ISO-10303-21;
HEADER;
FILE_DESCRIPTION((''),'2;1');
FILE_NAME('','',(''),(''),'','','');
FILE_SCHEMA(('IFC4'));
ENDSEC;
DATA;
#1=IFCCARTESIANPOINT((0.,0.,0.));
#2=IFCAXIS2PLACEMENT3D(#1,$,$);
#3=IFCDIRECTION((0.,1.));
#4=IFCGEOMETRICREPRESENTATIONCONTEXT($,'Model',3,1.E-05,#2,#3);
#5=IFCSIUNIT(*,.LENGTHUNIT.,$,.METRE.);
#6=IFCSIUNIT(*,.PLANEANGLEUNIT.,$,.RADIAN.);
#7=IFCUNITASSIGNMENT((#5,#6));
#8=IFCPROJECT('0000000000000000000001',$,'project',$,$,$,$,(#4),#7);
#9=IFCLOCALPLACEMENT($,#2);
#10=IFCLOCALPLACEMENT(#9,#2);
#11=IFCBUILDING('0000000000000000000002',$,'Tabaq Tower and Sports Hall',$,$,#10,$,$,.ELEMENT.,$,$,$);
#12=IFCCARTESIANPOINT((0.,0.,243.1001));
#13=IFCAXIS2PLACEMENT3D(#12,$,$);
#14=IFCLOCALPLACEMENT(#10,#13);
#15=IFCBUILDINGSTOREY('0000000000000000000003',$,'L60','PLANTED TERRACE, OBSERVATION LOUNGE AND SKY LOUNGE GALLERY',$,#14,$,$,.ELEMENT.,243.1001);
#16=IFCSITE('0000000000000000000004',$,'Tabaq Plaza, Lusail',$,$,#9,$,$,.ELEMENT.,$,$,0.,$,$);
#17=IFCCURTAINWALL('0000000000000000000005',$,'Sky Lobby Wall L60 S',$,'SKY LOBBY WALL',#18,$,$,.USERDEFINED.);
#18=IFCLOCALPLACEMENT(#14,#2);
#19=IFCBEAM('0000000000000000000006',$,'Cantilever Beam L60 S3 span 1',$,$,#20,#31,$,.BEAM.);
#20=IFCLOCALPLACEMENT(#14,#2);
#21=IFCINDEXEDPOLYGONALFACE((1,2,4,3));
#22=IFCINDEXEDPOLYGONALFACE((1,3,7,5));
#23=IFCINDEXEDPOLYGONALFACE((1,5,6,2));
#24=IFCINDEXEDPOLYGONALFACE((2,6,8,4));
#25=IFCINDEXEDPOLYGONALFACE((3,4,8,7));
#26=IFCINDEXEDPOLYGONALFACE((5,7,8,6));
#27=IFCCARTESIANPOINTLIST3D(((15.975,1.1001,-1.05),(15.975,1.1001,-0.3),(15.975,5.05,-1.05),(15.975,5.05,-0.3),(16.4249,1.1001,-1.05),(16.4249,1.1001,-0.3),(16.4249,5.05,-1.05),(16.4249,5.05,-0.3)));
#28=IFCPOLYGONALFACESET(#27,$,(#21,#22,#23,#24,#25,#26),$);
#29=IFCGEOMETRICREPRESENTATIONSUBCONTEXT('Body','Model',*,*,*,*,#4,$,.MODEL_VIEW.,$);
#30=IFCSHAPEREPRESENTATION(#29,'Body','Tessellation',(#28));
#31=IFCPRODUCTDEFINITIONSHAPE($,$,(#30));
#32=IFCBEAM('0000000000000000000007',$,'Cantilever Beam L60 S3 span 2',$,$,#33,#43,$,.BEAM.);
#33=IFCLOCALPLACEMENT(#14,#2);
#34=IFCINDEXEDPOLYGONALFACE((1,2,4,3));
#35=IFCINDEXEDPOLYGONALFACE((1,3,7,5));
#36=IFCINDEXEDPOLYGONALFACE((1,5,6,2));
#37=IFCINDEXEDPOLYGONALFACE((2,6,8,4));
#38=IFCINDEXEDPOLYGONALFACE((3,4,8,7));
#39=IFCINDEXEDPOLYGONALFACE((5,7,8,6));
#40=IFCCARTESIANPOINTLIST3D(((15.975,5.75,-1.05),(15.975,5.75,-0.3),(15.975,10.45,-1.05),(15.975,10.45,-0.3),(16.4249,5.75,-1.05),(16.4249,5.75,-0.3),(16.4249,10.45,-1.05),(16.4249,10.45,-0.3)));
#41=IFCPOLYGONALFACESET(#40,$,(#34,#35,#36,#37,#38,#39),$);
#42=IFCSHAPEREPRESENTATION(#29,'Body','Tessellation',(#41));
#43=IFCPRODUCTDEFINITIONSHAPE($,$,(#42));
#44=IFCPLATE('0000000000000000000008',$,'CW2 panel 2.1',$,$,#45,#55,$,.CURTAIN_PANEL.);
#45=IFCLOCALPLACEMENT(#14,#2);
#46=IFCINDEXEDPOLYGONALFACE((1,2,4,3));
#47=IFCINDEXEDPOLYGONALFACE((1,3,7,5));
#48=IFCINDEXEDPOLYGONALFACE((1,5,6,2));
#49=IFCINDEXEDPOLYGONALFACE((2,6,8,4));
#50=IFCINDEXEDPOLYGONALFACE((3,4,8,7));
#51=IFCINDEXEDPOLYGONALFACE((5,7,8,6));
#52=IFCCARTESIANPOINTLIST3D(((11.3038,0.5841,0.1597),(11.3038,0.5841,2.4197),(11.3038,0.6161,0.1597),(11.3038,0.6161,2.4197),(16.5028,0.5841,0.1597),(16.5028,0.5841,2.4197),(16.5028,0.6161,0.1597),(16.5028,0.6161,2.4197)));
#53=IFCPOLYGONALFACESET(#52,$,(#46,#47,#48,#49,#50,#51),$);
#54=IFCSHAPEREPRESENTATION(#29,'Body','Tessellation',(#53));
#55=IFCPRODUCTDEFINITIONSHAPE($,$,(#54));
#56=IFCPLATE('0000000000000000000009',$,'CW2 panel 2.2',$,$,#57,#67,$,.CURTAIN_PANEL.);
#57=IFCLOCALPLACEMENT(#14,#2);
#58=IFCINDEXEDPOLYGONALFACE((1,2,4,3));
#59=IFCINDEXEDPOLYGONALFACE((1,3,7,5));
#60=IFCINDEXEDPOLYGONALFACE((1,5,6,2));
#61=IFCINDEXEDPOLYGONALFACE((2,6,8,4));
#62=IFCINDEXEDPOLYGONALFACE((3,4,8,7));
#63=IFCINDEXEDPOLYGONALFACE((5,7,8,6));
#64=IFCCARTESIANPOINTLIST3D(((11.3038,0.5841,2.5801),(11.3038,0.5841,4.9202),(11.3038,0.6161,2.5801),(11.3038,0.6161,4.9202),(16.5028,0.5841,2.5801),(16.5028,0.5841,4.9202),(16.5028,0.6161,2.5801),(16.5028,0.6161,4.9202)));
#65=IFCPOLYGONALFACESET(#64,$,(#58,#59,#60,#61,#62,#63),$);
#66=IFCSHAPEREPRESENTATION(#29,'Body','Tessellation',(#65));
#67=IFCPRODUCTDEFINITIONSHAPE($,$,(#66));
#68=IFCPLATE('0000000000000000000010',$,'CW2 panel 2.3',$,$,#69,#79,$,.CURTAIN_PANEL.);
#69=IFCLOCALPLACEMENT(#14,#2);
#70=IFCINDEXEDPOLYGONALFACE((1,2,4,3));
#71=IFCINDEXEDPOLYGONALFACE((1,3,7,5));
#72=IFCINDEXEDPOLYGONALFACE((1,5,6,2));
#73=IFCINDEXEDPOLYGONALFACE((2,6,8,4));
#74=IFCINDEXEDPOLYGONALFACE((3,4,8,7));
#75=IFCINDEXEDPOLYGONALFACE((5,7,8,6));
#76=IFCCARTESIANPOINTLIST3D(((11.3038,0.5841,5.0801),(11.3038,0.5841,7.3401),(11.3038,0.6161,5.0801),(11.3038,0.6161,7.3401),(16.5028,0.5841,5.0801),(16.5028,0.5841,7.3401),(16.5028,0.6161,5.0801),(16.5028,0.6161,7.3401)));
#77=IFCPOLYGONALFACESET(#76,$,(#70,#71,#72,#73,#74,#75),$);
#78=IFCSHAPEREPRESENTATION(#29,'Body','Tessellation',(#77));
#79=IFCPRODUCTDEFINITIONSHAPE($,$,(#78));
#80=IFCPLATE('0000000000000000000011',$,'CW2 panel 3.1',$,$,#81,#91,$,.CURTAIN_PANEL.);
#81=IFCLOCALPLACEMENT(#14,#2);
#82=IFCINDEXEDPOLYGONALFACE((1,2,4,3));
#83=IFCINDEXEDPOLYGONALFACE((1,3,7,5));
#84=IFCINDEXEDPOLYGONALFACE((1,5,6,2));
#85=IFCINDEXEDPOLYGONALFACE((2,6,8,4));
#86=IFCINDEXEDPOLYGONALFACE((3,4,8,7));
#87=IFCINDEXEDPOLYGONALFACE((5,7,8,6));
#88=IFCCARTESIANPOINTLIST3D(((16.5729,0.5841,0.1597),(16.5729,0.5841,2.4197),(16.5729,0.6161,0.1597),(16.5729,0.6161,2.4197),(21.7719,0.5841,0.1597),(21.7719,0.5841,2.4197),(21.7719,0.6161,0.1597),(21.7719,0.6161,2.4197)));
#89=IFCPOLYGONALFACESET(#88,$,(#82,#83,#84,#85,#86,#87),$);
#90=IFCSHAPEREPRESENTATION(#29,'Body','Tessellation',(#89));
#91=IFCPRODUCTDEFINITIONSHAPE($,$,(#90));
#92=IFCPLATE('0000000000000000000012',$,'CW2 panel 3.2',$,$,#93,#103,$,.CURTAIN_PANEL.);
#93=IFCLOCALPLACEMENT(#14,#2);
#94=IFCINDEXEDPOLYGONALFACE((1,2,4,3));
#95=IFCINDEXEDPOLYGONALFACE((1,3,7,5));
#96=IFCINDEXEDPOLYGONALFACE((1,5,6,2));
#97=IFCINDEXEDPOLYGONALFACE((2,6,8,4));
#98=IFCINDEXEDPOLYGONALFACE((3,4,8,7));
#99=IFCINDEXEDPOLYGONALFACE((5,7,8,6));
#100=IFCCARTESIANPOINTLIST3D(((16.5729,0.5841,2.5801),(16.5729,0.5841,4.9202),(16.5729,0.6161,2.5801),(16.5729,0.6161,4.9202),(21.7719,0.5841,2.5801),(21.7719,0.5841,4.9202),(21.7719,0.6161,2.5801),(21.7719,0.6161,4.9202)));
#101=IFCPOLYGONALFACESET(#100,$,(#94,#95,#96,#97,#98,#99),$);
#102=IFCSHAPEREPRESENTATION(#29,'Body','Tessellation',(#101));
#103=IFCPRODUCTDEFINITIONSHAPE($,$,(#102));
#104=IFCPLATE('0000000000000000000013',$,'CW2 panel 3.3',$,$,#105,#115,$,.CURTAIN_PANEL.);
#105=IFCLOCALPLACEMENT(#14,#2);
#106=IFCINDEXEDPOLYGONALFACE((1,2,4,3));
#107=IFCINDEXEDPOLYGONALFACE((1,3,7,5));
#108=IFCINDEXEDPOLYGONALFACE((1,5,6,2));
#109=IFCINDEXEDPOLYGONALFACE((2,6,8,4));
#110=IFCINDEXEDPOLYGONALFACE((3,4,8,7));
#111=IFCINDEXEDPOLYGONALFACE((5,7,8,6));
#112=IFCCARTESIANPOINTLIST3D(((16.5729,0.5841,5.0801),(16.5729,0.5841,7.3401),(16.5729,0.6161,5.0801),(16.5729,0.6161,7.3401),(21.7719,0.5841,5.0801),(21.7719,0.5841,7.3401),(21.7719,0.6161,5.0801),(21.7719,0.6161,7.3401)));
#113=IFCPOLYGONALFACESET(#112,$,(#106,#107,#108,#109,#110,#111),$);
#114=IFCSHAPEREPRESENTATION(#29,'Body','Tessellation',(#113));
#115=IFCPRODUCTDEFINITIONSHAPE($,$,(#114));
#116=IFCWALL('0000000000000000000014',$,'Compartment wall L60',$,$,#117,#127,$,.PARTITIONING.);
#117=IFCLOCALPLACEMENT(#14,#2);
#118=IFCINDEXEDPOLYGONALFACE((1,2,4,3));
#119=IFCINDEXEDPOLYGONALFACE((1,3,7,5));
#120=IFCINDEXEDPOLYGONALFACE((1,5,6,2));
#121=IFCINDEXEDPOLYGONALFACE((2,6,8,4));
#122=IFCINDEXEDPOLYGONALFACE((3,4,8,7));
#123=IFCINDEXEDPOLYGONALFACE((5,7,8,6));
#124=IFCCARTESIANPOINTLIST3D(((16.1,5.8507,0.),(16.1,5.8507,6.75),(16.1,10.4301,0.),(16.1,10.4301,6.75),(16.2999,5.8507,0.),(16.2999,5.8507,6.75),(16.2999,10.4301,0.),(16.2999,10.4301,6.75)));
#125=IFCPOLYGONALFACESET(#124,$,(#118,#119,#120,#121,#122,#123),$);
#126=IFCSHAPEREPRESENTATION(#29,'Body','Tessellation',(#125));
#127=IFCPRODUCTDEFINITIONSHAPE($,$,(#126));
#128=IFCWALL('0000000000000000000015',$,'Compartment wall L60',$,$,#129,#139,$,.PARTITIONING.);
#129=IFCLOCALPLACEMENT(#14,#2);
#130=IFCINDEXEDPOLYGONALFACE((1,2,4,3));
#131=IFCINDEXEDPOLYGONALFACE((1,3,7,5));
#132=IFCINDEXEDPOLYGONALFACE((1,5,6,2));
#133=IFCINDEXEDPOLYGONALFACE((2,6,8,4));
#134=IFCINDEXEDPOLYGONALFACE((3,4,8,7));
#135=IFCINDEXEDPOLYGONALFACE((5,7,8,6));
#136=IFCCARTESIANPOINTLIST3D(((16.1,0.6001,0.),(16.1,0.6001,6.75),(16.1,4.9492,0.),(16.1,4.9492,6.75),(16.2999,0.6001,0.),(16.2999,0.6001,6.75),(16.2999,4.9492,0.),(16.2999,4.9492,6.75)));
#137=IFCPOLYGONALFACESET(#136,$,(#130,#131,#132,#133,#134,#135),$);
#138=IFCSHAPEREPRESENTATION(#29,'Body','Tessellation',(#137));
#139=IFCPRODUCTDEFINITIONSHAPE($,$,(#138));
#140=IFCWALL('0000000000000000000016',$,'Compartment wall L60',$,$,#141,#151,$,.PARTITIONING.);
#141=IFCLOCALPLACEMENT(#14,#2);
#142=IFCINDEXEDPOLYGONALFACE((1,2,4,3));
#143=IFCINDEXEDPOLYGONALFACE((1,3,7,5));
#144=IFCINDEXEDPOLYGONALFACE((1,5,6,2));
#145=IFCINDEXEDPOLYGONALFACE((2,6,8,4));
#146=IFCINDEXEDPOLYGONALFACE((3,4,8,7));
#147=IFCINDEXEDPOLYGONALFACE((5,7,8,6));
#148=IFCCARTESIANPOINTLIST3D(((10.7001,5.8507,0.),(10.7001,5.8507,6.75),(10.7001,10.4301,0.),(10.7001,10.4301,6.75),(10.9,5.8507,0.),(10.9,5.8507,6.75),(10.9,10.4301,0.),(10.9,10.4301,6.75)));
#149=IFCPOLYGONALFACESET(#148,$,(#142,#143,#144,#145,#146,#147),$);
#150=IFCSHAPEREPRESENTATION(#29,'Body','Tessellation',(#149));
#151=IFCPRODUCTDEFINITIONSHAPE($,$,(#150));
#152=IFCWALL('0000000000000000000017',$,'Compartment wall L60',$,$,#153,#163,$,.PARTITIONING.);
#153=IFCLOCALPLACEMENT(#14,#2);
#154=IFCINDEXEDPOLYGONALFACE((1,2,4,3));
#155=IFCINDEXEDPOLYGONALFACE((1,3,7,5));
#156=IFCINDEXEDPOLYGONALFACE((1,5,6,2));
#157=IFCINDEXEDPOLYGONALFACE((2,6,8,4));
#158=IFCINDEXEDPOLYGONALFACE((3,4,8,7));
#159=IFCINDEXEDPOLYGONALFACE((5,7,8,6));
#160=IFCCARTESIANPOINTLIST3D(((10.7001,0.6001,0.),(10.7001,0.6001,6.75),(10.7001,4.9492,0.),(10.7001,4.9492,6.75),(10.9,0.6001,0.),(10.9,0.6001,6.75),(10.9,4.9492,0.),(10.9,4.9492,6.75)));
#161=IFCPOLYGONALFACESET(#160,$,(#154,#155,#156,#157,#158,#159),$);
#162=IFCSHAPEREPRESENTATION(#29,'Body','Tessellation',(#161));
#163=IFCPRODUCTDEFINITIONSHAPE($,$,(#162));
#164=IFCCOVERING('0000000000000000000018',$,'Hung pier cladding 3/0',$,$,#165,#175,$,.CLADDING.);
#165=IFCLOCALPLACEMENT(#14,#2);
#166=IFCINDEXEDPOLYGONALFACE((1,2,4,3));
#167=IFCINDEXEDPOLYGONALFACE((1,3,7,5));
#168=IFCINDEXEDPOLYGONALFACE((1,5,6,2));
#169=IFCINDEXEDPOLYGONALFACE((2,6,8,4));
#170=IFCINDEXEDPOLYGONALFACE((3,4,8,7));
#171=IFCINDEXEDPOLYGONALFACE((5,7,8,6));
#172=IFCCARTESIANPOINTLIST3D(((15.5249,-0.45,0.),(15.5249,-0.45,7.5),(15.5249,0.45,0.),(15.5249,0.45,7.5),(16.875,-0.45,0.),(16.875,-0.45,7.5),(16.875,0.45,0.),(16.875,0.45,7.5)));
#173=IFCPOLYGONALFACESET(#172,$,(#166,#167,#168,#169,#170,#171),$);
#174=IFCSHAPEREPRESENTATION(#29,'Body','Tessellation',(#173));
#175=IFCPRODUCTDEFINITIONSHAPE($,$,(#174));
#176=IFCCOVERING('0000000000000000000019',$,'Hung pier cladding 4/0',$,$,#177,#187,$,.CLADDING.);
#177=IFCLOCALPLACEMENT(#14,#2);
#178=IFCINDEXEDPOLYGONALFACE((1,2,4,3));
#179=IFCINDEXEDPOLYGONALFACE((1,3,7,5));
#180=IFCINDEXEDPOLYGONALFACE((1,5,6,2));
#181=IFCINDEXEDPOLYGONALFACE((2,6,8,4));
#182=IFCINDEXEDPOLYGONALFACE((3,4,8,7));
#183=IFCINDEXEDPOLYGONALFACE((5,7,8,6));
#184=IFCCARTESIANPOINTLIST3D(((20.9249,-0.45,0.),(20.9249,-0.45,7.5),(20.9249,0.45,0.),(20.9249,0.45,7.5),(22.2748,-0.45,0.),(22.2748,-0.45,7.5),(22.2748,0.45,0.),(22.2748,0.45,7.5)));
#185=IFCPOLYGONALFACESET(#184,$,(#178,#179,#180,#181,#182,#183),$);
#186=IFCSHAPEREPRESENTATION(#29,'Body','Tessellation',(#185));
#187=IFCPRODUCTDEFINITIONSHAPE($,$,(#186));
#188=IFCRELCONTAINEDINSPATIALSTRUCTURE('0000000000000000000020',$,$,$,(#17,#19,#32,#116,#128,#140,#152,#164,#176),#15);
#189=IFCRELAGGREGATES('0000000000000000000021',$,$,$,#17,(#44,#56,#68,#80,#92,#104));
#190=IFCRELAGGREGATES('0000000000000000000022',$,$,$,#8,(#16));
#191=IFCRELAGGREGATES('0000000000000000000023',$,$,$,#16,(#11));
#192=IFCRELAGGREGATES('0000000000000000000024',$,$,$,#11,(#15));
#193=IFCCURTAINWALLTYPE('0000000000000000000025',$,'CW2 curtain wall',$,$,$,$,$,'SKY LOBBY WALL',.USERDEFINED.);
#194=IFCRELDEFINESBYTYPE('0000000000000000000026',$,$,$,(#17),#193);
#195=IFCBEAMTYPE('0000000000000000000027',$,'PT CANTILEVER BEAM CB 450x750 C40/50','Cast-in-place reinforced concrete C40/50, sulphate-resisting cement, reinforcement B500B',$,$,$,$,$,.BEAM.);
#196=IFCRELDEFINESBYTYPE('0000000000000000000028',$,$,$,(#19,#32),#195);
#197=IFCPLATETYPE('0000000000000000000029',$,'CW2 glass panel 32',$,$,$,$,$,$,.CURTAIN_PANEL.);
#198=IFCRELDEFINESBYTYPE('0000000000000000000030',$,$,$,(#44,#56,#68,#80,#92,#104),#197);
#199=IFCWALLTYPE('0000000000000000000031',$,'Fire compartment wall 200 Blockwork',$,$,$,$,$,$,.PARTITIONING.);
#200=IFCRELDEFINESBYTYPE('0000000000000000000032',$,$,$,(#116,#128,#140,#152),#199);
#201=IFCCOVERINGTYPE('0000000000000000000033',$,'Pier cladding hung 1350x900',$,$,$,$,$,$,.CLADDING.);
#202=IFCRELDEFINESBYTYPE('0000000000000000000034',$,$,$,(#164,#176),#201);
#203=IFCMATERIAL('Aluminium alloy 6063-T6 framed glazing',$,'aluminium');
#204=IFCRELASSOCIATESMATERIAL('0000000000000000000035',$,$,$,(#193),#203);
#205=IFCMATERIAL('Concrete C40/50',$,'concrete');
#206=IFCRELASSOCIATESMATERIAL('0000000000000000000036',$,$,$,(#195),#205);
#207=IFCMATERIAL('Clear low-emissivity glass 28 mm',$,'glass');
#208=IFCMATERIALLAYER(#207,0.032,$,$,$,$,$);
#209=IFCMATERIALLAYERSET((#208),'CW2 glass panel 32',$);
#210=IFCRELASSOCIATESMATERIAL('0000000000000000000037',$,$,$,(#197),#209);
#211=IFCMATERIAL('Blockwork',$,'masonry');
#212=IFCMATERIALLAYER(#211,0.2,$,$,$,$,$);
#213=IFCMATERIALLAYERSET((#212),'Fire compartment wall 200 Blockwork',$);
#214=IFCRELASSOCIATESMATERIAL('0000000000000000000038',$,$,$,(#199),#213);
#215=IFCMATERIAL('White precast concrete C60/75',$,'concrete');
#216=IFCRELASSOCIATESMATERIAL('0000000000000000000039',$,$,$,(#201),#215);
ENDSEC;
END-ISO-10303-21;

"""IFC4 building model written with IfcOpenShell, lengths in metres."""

from ifc_helpers import new_model, si_unit, direction, frame, frame_2d, origin, origin_2d, place, context, subcontext, project, spatial, rectangle, extrude, material, layer, layer_set, material_profile, profile_set, type_object, element, aggregate, save


model = new_model("IFC4")

# Units and contexts
model_context = context("Model", 3, precision=1e-05, world=origin(), true_north=direction((0.0, 1.0)))
body_context = subcontext(model_context, "Body", "Model", "MODEL_VIEW")
ifc_project = project(units=[si_unit("LENGTHUNIT", "METRE"), si_unit("PLANEANGLEUNIT", "RADIAN")], contexts=[model_context])

# Site, building, storey
site_placement = place(None, origin())
site = spatial("IfcSite", under=ifc_project, at=site_placement, Name="Tabaq Plaza, Lusail", CompositionType="ELEMENT", RefElevation=0.0)
building_placement = place(site_placement, origin())
building = spatial("IfcBuilding", under=site, at=building_placement, Name="Tabaq Tower and Sports Hall", CompositionType="ELEMENT")
storey_placement = place(building_placement, frame((0.0, 0.0, 243.1001)))
storey = spatial("IfcBuildingStorey", under=building, at=storey_placement, Name="L60", Description="PLANTED TERRACE, OBSERVATION LOUNGE AND SKY LOUNGE GALLERY", CompositionType="ELEMENT", Elevation=243.1001)

# Curtain wall
ifc_material_1 = material(Name="Aluminium alloy 6063-T6 framed glazing", Category="aluminium")
curtain_wall_type = type_object("IfcCurtainWallType", Name="CW2 curtain wall", ElementType="SKY LOBBY WALL", PredefinedType="USERDEFINED", material=ifc_material_1)
curtain_wall_placement = place(storey_placement, origin())
curtain_wall = element("IfcCurtainWall", 1, at=curtain_wall_placement, inside=storey, type_object=curtain_wall_type, Name="Sky Lobby Wall L60 S", ObjectType="SKY LOBBY WALL", PredefinedType="USERDEFINED")

# Beams
ifc_material_2 = material(Name="Concrete C40/50", Category="concrete")
ifc_material_profile_1 = material_profile(ifc_material_2, rectangle(XDim=0.45, YDim=0.75, at=origin_2d()), Name="CB 450x750")
ifc_profile_set_1 = profile_set([ifc_material_profile_1], Name="Concrete C40/50")
beam_type = type_object("IfcBeamType", Name="PT CANTILEVER BEAM CB 450x750 C40/50", Description="Cast-in-place reinforced concrete C40/50, sulphate-resisting cement, reinforcement B500B", PredefinedType="BEAM", material=ifc_profile_set_1)
beam_1_placement = place(storey_placement, frame((16.2, 1.1001, -0.675), z_axis=(0.0, 1.0, 0.0), x_axis=(-1.0, 0.0, 0.0)))
element("IfcBeam", 2, at=beam_1_placement, inside=storey, type_object=beam_type, Name="Cantilever Beam L60 S3 span 1", PredefinedType="BEAM", context=body_context, shape_type="SweptSolid", body=[
    extrude(rectangle(XDim=0.45, YDim=0.75, at=origin_2d()), origin(), (0.0, 0.0, 1.0), 3.95),
])
beam_2_placement = place(storey_placement, frame((16.2, 5.75, -0.675), z_axis=(0.0, 1.0, 0.0), x_axis=(-1.0, 0.0, 0.0)))
element("IfcBeam", 3, at=beam_2_placement, inside=storey, type_object=beam_type, Name="Cantilever Beam L60 S3 span 2", PredefinedType="BEAM", context=body_context, shape_type="SweptSolid", body=[
    extrude(rectangle(XDim=0.45, YDim=0.75, at=origin_2d()), origin(), (0.0, 0.0, 1.0), 4.7),
])

# Plates
ifc_material_3 = material(Name="Clear low-emissivity glass 28 mm", Category="glass")
ifc_layer_1 = layer(ifc_material_3, 0.032)
ifc_layer_set_1 = layer_set([ifc_layer_1], Name="CW2 glass panel 32")
plate_type = type_object("IfcPlateType", Name="CW2 glass panel 32", PredefinedType="CURTAIN_PANEL", material=ifc_layer_set_1)
plate_1_placement = place(storey_placement, frame((13.9033, 0.6001, 0.1597), z_axis=(0.0, 0.0, 1.0), x_axis=(1.0, 0.0, 0.0)))
plate_1 = element("IfcPlate", 4, at=plate_1_placement, type_object=plate_type, Name="CW2 panel 2.1", PredefinedType="CURTAIN_PANEL", context=body_context, shape_type="SweptSolid", body=[
    extrude(rectangle(XDim=5.199, YDim=0.032, at=origin_2d()), origin(), (0.0, 0.0, 1.0), 2.26),
])
plate_2_placement = place(storey_placement, frame((13.9033, 0.6001, 2.5801), z_axis=(0.0, 0.0, 1.0), x_axis=(1.0, 0.0, 0.0)))
plate_2 = element("IfcPlate", 5, at=plate_2_placement, type_object=plate_type, Name="CW2 panel 2.2", PredefinedType="CURTAIN_PANEL", context=body_context, shape_type="SweptSolid", body=[
    extrude(rectangle(XDim=5.199, YDim=0.032, at=origin_2d()), origin(), (0.0, 0.0, 1.0), 2.3401),
])
plate_3_placement = place(storey_placement, frame((13.9033, 0.6001, 5.0801), z_axis=(0.0, 0.0, 1.0), x_axis=(1.0, 0.0, 0.0)))
plate_3 = element("IfcPlate", 6, at=plate_3_placement, type_object=plate_type, Name="CW2 panel 2.3", PredefinedType="CURTAIN_PANEL", context=body_context, shape_type="SweptSolid", body=[
    extrude(rectangle(XDim=5.199, YDim=0.032, at=origin_2d()), origin(), (0.0, 0.0, 1.0), 2.26),
])
plate_4_placement = place(storey_placement, frame((19.1724, 0.6001, 0.1597), z_axis=(0.0, 0.0, 1.0), x_axis=(1.0, 0.0, 0.0)))
plate_4 = element("IfcPlate", 7, at=plate_4_placement, type_object=plate_type, Name="CW2 panel 3.1", PredefinedType="CURTAIN_PANEL", context=body_context, shape_type="SweptSolid", body=[
    extrude(rectangle(XDim=5.199, YDim=0.032, at=origin_2d()), origin(), (0.0, 0.0, 1.0), 2.26),
])
plate_5_placement = place(storey_placement, frame((19.1724, 0.6001, 2.5801), z_axis=(0.0, 0.0, 1.0), x_axis=(1.0, 0.0, 0.0)))
plate_5 = element("IfcPlate", 8, at=plate_5_placement, type_object=plate_type, Name="CW2 panel 3.2", PredefinedType="CURTAIN_PANEL", context=body_context, shape_type="SweptSolid", body=[
    extrude(rectangle(XDim=5.199, YDim=0.032, at=origin_2d()), origin(), (0.0, 0.0, 1.0), 2.3401),
])
plate_6_placement = place(storey_placement, frame((19.1724, 0.6001, 5.0801), z_axis=(0.0, 0.0, 1.0), x_axis=(1.0, 0.0, 0.0)))
plate_6 = element("IfcPlate", 9, at=plate_6_placement, type_object=plate_type, Name="CW2 panel 3.3", PredefinedType="CURTAIN_PANEL", context=body_context, shape_type="SweptSolid", body=[
    extrude(rectangle(XDim=5.199, YDim=0.032, at=origin_2d()), origin(), (0.0, 0.0, 1.0), 2.26),
])
aggregate(curtain_wall, [plate_1, plate_2, plate_3, plate_4, plate_5, plate_6])

# Walls
ifc_material_4 = material(Name="Blockwork", Category="masonry")
ifc_layer_2 = layer(ifc_material_4, 0.2)
ifc_layer_set_2 = layer_set([ifc_layer_2], Name="Fire compartment wall 200 Blockwork")
wall_type = type_object("IfcWallType", Name="Fire compartment wall 200 Blockwork", PredefinedType="PARTITIONING", material=ifc_layer_set_2)
wall_1_placement = place(storey_placement, frame((16.2, 10.4299, 0.0), z_axis=(0.0, 0.0, 1.0), x_axis=(0.0, -1.0, 0.0)))
element("IfcWall", 10, at=wall_1_placement, inside=storey, type_object=wall_type, Name="Compartment wall L60", PredefinedType="PARTITIONING", context=body_context, shape_type="SweptSolid", body=[
    extrude(rectangle(XDim=4.5793, YDim=0.2, at=frame_2d((2.2896, 0.0))), origin(), (0.0, 0.0, 1.0), 6.75),
])
wall_2_placement = place(storey_placement, frame((16.2, 4.9492, 0.0), z_axis=(0.0, 0.0, 1.0), x_axis=(0.0, -1.0, 0.0)))
element("IfcWall", 11, at=wall_2_placement, inside=storey, type_object=wall_type, Name="Compartment wall L60", PredefinedType="PARTITIONING", context=body_context, shape_type="SweptSolid", body=[
    extrude(rectangle(XDim=4.3491, YDim=0.2, at=frame_2d((2.1746, 0.0))), origin(), (0.0, 0.0, 1.0), 6.75),
])
wall_3_placement = place(storey_placement, frame((10.8, 10.4299, 0.0), z_axis=(0.0, 0.0, 1.0), x_axis=(0.0, -1.0, 0.0)))
element("IfcWall", 12, at=wall_3_placement, inside=storey, type_object=wall_type, Name="Compartment wall L60", PredefinedType="PARTITIONING", context=body_context, shape_type="SweptSolid", body=[
    extrude(rectangle(XDim=4.5793, YDim=0.2, at=frame_2d((2.2896, 0.0))), origin(), (0.0, 0.0, 1.0), 6.75),
])
wall_4_placement = place(storey_placement, frame((10.8, 4.9492, 0.0), z_axis=(0.0, 0.0, 1.0), x_axis=(0.0, -1.0, 0.0)))
element("IfcWall", 13, at=wall_4_placement, inside=storey, type_object=wall_type, Name="Compartment wall L60", PredefinedType="PARTITIONING", context=body_context, shape_type="SweptSolid", body=[
    extrude(rectangle(XDim=4.3491, YDim=0.2, at=frame_2d((2.1746, 0.0))), origin(), (0.0, 0.0, 1.0), 6.75),
])

# Coverings
ifc_material_5 = material(Name="White precast concrete C60/75", Category="concrete")
covering_type = type_object("IfcCoveringType", Name="Pier cladding hung 1350x900", PredefinedType="CLADDING", material=ifc_material_5)
covering_1_placement = place(storey_placement, frame((15.5249, 0.0, 0.0), z_axis=(0.0, 0.0, 1.0), x_axis=(1.0, 0.0, 0.0)))
element("IfcCovering", 14, at=covering_1_placement, inside=storey, type_object=covering_type, Name="Hung pier cladding 3/0", PredefinedType="CLADDING", context=body_context, shape_type="SweptSolid", body=[
    extrude(rectangle(XDim=1.3501, YDim=0.8999, at=frame_2d((0.675, 0.0))), origin(), (0.0, 0.0, 1.0), 7.5),
])
covering_2_placement = place(storey_placement, frame((20.925, 0.0, 0.0), z_axis=(0.0, 0.0, 1.0), x_axis=(1.0, 0.0, 0.0)))
element("IfcCovering", 15, at=covering_2_placement, inside=storey, type_object=covering_type, Name="Hung pier cladding 4/0", PredefinedType="CLADDING", context=body_context, shape_type="SweptSolid", body=[
    extrude(rectangle(XDim=1.3499, YDim=0.8999, at=frame_2d((0.6748, 0.0))), origin(), (0.0, 0.0, 1.0), 7.5),
])

save(model, "model.ifc")
